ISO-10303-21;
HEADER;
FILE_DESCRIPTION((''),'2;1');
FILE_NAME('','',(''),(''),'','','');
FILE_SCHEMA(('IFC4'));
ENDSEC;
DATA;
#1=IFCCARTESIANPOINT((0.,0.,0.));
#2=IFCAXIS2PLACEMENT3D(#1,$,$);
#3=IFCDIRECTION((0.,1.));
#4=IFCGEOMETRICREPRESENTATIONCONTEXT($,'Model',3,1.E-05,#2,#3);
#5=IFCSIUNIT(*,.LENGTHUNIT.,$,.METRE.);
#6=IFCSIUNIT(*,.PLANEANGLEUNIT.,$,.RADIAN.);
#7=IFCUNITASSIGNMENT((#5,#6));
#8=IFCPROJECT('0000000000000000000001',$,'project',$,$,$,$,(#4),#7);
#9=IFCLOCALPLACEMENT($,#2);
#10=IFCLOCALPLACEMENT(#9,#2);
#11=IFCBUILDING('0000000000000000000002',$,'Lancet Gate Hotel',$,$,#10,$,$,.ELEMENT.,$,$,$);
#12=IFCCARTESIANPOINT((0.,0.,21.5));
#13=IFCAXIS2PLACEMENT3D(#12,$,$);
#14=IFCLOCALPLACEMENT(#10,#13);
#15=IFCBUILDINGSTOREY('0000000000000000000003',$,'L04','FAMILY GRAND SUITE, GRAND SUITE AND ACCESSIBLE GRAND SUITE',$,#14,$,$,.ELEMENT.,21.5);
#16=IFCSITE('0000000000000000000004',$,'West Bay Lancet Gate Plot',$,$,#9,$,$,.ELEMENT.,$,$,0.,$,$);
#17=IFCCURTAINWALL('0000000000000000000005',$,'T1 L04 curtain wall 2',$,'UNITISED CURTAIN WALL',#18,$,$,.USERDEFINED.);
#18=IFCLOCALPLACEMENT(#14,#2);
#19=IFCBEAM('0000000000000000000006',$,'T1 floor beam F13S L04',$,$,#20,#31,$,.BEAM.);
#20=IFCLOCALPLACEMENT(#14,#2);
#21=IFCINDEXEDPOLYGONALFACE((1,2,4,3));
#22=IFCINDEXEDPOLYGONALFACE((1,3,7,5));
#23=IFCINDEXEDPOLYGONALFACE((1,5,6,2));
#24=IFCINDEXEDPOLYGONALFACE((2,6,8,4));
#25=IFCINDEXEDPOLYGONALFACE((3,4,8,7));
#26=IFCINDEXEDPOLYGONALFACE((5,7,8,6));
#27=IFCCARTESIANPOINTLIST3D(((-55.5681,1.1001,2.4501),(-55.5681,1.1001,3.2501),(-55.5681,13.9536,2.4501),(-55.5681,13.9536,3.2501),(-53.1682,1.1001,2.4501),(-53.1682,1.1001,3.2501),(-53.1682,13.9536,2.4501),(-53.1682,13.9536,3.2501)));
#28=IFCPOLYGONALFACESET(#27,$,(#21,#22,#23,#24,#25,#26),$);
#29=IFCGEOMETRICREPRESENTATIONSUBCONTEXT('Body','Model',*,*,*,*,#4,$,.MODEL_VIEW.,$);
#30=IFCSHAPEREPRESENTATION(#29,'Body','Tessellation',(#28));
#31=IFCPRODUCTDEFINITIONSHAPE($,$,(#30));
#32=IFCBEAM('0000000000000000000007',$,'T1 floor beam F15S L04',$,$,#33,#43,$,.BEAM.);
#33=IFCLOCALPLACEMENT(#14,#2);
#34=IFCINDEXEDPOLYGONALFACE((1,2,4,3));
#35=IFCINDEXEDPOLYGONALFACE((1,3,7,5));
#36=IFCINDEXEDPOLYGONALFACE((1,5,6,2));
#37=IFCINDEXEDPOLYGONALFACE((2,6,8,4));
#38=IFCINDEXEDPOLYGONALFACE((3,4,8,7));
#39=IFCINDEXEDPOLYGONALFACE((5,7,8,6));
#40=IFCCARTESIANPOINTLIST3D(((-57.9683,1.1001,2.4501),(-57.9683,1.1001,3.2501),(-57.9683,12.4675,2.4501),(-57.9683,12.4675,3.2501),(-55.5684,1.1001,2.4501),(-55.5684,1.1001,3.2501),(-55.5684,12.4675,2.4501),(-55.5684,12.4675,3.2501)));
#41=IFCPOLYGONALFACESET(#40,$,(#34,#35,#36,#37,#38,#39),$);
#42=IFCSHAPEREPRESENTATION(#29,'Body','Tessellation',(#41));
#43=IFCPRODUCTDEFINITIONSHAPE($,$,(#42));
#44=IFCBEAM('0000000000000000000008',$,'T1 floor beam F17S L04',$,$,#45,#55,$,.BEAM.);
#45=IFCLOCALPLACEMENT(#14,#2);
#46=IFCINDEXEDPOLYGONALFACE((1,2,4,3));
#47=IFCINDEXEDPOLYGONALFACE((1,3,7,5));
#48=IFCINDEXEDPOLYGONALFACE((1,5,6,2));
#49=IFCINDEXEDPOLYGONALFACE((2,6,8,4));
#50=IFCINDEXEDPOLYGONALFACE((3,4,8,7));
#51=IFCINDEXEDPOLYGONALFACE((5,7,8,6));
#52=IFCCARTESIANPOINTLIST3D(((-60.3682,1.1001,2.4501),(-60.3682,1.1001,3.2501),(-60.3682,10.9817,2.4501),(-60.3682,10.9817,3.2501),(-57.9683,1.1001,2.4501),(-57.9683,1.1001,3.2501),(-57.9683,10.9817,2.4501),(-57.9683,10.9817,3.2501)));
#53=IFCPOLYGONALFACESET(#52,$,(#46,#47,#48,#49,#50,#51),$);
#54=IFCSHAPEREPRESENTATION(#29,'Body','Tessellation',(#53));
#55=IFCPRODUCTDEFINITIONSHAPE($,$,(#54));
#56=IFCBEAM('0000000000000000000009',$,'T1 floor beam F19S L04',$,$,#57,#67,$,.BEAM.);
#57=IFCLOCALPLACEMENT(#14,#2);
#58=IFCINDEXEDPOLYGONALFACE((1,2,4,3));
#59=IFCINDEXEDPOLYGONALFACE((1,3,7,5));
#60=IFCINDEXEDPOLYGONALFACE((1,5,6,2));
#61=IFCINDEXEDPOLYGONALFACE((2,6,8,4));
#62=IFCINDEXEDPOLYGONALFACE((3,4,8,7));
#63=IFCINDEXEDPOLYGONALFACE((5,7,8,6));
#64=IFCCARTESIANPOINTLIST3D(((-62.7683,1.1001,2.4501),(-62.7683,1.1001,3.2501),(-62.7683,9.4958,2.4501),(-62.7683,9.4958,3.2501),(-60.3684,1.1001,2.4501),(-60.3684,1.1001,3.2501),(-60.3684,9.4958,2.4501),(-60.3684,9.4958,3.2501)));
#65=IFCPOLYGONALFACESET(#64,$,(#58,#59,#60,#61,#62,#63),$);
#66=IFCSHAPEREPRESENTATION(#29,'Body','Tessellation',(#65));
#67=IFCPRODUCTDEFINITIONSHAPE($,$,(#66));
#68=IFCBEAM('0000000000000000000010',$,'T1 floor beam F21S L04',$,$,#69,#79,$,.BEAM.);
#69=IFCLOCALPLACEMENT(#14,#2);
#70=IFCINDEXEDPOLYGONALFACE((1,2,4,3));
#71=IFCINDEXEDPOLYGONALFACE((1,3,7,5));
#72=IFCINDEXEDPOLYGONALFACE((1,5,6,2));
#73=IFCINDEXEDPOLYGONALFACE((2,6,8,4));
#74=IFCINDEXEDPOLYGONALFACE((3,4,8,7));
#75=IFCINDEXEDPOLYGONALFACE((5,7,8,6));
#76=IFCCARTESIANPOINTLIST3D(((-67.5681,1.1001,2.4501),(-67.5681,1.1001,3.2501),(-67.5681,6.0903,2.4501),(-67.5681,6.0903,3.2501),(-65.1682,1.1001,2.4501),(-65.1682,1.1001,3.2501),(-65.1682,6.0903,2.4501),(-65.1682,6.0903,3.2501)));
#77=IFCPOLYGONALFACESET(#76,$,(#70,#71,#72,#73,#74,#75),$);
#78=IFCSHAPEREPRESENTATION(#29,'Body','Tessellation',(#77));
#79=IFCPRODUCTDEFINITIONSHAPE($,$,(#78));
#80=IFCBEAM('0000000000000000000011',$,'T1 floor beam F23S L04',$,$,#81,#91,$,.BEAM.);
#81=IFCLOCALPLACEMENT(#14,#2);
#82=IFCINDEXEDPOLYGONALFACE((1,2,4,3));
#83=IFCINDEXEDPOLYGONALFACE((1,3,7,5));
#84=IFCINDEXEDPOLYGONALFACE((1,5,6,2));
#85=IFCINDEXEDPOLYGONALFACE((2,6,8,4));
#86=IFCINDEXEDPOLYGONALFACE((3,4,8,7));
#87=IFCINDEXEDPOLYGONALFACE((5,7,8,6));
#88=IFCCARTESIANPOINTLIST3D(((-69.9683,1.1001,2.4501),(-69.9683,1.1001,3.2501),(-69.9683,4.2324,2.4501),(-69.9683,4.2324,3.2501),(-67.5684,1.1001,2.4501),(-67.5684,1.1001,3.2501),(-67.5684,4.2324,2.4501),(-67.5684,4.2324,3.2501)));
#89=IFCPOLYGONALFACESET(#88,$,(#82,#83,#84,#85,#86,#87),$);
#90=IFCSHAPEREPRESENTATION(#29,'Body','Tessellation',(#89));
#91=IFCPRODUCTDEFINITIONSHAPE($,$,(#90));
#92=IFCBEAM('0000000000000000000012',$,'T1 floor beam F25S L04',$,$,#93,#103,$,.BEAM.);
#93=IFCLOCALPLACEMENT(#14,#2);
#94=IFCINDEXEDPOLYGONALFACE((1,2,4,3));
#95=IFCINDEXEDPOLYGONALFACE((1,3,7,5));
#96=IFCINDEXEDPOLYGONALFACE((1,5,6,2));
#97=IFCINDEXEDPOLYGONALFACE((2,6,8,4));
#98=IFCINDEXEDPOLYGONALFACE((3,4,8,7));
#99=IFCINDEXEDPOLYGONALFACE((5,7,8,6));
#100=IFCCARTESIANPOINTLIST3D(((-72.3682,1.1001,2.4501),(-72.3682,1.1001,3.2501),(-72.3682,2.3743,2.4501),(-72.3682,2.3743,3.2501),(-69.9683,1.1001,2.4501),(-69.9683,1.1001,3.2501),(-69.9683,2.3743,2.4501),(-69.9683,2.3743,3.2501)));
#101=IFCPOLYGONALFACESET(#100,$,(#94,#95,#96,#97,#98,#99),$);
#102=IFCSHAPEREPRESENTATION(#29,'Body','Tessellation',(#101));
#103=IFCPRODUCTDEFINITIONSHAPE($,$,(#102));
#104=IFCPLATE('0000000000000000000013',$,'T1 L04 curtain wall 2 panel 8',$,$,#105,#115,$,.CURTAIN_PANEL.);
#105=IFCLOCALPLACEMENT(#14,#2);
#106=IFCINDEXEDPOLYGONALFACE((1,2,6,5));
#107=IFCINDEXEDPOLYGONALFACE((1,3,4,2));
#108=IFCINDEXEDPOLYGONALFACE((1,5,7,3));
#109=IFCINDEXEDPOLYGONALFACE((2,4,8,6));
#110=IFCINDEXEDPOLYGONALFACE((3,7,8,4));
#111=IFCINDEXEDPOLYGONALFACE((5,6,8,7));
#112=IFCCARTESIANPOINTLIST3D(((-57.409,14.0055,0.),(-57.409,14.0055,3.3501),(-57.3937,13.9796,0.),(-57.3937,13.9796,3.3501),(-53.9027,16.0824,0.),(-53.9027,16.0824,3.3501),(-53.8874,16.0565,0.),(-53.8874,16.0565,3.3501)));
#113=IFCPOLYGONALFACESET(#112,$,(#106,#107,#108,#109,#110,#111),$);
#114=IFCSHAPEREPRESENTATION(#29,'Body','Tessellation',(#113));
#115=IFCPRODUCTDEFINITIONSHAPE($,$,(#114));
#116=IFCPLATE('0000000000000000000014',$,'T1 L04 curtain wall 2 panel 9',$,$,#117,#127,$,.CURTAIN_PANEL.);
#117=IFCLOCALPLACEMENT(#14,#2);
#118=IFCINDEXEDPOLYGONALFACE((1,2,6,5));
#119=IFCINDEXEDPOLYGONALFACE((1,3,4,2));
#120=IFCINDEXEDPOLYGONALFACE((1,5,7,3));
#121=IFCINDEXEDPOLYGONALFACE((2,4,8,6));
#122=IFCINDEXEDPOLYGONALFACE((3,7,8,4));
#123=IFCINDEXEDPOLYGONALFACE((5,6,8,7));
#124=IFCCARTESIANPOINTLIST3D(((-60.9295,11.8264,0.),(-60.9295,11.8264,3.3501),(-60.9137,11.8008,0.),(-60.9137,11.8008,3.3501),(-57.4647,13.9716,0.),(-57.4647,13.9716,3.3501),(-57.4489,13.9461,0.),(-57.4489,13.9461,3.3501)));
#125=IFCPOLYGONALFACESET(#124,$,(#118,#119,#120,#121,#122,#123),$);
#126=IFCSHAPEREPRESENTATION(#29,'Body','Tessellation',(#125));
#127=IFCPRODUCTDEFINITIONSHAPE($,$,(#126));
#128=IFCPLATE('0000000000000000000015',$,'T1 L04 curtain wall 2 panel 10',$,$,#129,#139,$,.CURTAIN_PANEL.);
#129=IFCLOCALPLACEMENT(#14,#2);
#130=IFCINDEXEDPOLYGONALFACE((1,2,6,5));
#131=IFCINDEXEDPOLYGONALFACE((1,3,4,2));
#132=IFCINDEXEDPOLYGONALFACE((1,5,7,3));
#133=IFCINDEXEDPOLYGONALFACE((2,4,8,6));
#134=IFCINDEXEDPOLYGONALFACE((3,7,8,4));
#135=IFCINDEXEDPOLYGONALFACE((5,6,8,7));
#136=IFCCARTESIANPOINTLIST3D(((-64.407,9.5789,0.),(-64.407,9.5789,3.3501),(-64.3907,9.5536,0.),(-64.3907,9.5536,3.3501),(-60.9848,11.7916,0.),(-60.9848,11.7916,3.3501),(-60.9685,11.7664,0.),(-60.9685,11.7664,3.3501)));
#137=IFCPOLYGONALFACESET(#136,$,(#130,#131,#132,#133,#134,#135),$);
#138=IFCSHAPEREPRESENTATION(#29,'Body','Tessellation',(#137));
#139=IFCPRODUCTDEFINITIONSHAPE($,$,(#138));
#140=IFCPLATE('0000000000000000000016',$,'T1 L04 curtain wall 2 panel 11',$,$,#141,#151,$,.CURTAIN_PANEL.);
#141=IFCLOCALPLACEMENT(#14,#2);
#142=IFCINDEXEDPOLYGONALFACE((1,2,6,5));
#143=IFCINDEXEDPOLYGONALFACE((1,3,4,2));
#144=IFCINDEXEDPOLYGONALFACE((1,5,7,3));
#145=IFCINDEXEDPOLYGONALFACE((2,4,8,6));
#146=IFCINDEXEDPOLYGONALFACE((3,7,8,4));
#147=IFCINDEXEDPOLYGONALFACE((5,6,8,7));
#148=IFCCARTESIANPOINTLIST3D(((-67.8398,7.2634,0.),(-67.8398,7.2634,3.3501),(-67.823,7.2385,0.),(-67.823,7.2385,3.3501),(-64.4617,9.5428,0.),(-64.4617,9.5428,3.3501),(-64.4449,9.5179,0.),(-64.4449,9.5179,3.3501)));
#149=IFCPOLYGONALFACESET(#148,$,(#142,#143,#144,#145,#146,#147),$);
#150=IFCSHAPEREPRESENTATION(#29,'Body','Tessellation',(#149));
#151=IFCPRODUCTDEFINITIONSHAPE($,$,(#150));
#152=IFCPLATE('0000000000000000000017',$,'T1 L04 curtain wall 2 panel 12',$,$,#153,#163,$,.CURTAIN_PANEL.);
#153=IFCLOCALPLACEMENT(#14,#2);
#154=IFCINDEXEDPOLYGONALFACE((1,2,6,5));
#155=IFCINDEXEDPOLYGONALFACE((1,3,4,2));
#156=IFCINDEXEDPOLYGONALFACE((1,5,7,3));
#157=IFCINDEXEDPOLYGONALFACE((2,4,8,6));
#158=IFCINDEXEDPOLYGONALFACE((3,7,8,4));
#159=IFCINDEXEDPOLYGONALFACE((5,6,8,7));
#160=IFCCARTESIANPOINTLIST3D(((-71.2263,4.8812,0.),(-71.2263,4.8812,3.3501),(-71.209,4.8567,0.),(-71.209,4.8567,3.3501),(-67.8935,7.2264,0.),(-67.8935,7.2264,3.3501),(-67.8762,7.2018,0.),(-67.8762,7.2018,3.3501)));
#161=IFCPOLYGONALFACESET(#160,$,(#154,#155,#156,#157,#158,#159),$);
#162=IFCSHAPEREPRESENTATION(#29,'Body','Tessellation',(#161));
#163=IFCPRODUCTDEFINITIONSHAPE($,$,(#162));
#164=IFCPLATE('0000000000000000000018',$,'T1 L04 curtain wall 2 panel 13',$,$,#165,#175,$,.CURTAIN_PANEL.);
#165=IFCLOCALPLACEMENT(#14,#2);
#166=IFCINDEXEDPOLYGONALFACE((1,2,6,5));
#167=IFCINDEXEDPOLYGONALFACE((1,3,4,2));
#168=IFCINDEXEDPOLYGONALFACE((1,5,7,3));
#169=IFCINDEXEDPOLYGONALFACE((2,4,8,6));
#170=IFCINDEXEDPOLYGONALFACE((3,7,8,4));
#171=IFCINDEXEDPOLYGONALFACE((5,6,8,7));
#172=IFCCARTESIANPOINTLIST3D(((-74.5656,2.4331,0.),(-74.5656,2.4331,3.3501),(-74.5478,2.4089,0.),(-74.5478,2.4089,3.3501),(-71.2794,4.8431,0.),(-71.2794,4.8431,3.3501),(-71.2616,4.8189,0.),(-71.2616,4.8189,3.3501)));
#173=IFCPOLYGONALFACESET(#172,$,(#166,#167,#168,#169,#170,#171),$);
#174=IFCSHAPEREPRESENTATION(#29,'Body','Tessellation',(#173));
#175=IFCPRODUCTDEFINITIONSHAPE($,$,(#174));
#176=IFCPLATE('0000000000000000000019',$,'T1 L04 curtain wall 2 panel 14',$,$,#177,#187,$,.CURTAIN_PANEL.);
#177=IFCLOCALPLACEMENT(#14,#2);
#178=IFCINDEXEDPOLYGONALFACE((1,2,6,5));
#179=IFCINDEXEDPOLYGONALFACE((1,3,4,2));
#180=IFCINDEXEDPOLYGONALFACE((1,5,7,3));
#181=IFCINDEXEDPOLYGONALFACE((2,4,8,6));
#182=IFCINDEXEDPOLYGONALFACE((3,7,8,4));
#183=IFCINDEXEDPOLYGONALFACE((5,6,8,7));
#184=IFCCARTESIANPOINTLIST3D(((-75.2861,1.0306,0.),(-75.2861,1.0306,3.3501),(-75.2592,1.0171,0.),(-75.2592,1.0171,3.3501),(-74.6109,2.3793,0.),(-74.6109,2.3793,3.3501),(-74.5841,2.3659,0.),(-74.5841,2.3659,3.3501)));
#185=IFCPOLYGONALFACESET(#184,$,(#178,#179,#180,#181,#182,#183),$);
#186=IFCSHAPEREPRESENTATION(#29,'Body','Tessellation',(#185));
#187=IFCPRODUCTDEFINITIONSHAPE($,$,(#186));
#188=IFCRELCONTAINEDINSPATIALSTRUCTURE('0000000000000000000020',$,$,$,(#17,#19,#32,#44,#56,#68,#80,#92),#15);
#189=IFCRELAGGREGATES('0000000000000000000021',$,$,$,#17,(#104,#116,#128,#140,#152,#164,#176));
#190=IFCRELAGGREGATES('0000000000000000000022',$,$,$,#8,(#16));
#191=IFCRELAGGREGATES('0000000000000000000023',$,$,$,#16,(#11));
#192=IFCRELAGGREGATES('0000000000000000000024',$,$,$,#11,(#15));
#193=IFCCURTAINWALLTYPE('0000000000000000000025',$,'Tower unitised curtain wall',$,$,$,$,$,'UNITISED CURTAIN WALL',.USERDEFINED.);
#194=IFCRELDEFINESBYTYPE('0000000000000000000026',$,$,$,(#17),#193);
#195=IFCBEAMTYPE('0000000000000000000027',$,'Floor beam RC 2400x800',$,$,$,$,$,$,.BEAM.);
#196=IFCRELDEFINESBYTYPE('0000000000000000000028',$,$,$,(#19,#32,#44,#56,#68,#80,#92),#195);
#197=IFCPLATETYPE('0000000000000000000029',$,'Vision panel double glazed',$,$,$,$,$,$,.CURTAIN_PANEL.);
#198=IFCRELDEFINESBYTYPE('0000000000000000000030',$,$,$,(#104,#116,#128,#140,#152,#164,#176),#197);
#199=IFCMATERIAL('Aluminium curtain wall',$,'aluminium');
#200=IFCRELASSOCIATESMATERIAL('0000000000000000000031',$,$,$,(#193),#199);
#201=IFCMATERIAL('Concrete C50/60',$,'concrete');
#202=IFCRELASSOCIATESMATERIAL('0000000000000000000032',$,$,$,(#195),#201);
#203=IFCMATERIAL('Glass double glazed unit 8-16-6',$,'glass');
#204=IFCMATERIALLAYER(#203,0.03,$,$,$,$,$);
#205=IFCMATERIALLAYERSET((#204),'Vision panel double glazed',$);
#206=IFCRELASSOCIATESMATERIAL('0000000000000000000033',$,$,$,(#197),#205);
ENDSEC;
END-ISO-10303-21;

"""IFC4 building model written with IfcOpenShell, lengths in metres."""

from ifc_helpers import new_model, si_unit, direction, frame, origin, origin_2d, place, context, subcontext, project, spatial, rectangle, extrude, material, layer, layer_set, material_profile, profile_set, type_object, element, aggregate, save


model = new_model("IFC4")

# Units and contexts
model_context = context("Model", 3, precision=1e-05, world=origin(), true_north=direction((0.0, 1.0)))
body_context = subcontext(model_context, "Body", "Model", "MODEL_VIEW")
ifc_project = project(units=[si_unit("LENGTHUNIT", "METRE"), si_unit("PLANEANGLEUNIT", "RADIAN")], contexts=[model_context])

# Site, building, storey
site_placement = place(None, origin())
site = spatial("IfcSite", under=ifc_project, at=site_placement, Name="West Bay Lancet Gate Plot", CompositionType="ELEMENT", RefElevation=0.0)
building_placement = place(site_placement, origin())
building = spatial("IfcBuilding", under=site, at=building_placement, Name="Lancet Gate Hotel", CompositionType="ELEMENT")
storey_placement = place(building_placement, frame((0.0, 0.0, 21.5)))
storey = spatial("IfcBuildingStorey", under=building, at=storey_placement, Name="L04", Description="FAMILY GRAND SUITE, GRAND SUITE AND ACCESSIBLE GRAND SUITE", CompositionType="ELEMENT", Elevation=21.5)

# Curtain wall
ifc_material_1 = material(Name="Aluminium curtain wall", Category="aluminium")
curtain_wall_type = type_object("IfcCurtainWallType", Name="Tower unitised curtain wall", ElementType="UNITISED CURTAIN WALL", PredefinedType="USERDEFINED", material=ifc_material_1)
curtain_wall_placement = place(storey_placement, origin())
curtain_wall = element("IfcCurtainWall", 1, at=curtain_wall_placement, inside=storey, type_object=curtain_wall_type, Name="T1 L04 curtain wall 2", ObjectType="UNITISED CURTAIN WALL", PredefinedType="USERDEFINED")

# Beams
ifc_material_2 = material(Name="Concrete C50/60", Category="concrete")
ifc_material_profile_1 = material_profile(ifc_material_2, rectangle(XDim=2.3999, YDim=0.8, at=origin_2d()), Name="RC 2400x800")
ifc_profile_set_1 = profile_set([ifc_material_profile_1], Name="Concrete C50/60")
beam_type_1 = type_object("IfcBeamType", Name="Floor beam RC 2400x800", PredefinedType="BEAM", material=ifc_profile_set_1)
beam_1_placement = place(storey_placement, frame((-54.3682, 13.9536, 2.8501), z_axis=(0.0, -1.0, 0.0), x_axis=(1.0, 0.0, 0.0)))
element("IfcBeam", 2, at=beam_1_placement, inside=storey, type_object=beam_type_1, Name="T1 floor beam F13S L04", PredefinedType="BEAM", context=body_context, shape_type="SweptSolid", body=[
    extrude(rectangle(XDim=2.3999, YDim=0.8, at=origin_2d()), origin(), (0.0, 0.0, 1.0), 12.8535),
])
beam_2_placement = place(storey_placement, frame((-56.7683, 12.4675, 2.8501), z_axis=(0.0, -1.0, 0.0), x_axis=(1.0, 0.0, 0.0)))
element("IfcBeam", 3, at=beam_2_placement, inside=storey, type_object=beam_type_1, Name="T1 floor beam F15S L04", PredefinedType="BEAM", context=body_context, shape_type="SweptSolid", body=[
    extrude(rectangle(XDim=2.3999, YDim=0.8, at=origin_2d()), origin(), (0.0, 0.0, 1.0), 11.3674),
])
beam_3_placement = place(storey_placement, frame((-59.1682, 10.9817, 2.8501), z_axis=(0.0, -1.0, 0.0), x_axis=(1.0, 0.0, 0.0)))
element("IfcBeam", 4, at=beam_3_placement, inside=storey, type_object=beam_type_1, Name="T1 floor beam F17S L04", PredefinedType="BEAM", context=body_context, shape_type="SweptSolid", body=[
    extrude(rectangle(XDim=2.3999, YDim=0.8, at=origin_2d()), origin(), (0.0, 0.0, 1.0), 9.8816),
])
beam_4_placement = place(storey_placement, frame((-61.5684, 9.4958, 2.8501), z_axis=(0.0, -1.0, 0.0), x_axis=(1.0, 0.0, 0.0)))
element("IfcBeam", 5, at=beam_4_placement, inside=storey, type_object=beam_type_1, Name="T1 floor beam F19S L04", PredefinedType="BEAM", context=body_context, shape_type="SweptSolid", body=[
    extrude(rectangle(XDim=2.3999, YDim=0.8, at=origin_2d()), origin(), (0.0, 0.0, 1.0), 8.3958),
])
beam_5_placement = place(storey_placement, frame((-66.3682, 6.0903, 2.8501), z_axis=(0.0, -1.0, 0.0), x_axis=(1.0, 0.0, 0.0)))
element("IfcBeam", 6, at=beam_5_placement, inside=storey, type_object=beam_type_1, Name="T1 floor beam F21S L04", PredefinedType="BEAM", context=body_context, shape_type="SweptSolid", body=[
    extrude(rectangle(XDim=2.3999, YDim=0.8, at=origin_2d()), origin(), (0.0, 0.0, 1.0), 4.9902),
])
beam_6_placement = place(storey_placement, frame((-68.7683, 4.2324, 2.8501), z_axis=(0.0, -1.0, 0.0), x_axis=(1.0, 0.0, 0.0)))
element("IfcBeam", 7, at=beam_6_placement, inside=storey, type_object=beam_type_1, Name="T1 floor beam F23S L04", PredefinedType="BEAM", context=body_context, shape_type="SweptSolid", body=[
    extrude(rectangle(XDim=2.3999, YDim=0.8, at=origin_2d()), origin(), (0.0, 0.0, 1.0), 3.1323),
])
beam_7_placement = place(storey_placement, frame((-71.1682, 2.3743, 2.8501), z_axis=(0.0, -1.0, 0.0), x_axis=(1.0, 0.0, 0.0)))
element("IfcBeam", 8, at=beam_7_placement, inside=storey, type_object=beam_type_1, Name="T1 floor beam F25S L04", PredefinedType="BEAM", context=body_context, shape_type="SweptSolid", body=[
    extrude(rectangle(XDim=2.3999, YDim=0.8, at=origin_2d()), origin(), (0.0, 0.0, 1.0), 1.2742),
])

# Plates
ifc_material_3 = material(Name="Glass double glazed unit 8-16-6", Category="glass")
ifc_layer = layer(ifc_material_3, 0.03)
ifc_layer_set = layer_set([ifc_layer], Name="Vision panel double glazed")
plate_type = type_object("IfcPlateType", Name="Vision panel double glazed", PredefinedType="CURTAIN_PANEL", material=ifc_layer_set)
plate_1_placement = place(storey_placement, frame((-55.6482, 15.031, 0.0), z_axis=(0.0, 0.0, 1.0), x_axis=(-0.860382, -0.50965, 0.0)))
plate_1 = element("IfcPlate", 9, at=plate_1_placement, type_object=plate_type, Name="T1 L04 curtain wall 2 panel 8", PredefinedType="CURTAIN_PANEL", context=body_context, shape_type="SweptSolid", body=[
    extrude(rectangle(XDim=4.0752, YDim=0.03, at=origin_2d()), origin(), (0.0, 0.0, 1.0), 3.3501),
])
plate_2_placement = place(storey_placement, frame((-59.1892, 12.8862, 0.0), z_axis=(0.0, 0.0, 1.0), x_axis=(-0.850229, -0.526414, 0.0)))
plate_2 = element("IfcPlate", 10, at=plate_2_placement, type_object=plate_type, Name="T1 L04 curtain wall 2 panel 9", PredefinedType="CURTAIN_PANEL", context=body_context, shape_type="SweptSolid", body=[
    extrude(rectangle(XDim=4.0752, YDim=0.03, at=origin_2d()), origin(), (0.0, 0.0, 1.0), 3.3501),
])
plate_3_placement = place(storey_placement, frame((-62.6877, 10.6726, 0.0), z_axis=(0.0, 0.0, 1.0), x_axis=(-0.839749, -0.542975, 0.0)))
plate_3 = element("IfcPlate", 11, at=plate_3_placement, type_object=plate_type, Name="T1 L04 curtain wall 2 panel 10", PredefinedType="CURTAIN_PANEL", context=body_context, shape_type="SweptSolid", body=[
    extrude(rectangle(XDim=4.0752, YDim=0.03, at=origin_2d()), origin(), (0.0, 0.0, 1.0), 3.3501),
])
plate_4_placement = place(storey_placement, frame((-66.1423, 8.3906, 0.0), z_axis=(0.0, 0.0, 1.0), x_axis=(-0.828946, -0.559329, 0.0)))
plate_4 = element("IfcPlate", 12, at=plate_4_placement, type_object=plate_type, Name="T1 L04 curtain wall 2 panel 11", PredefinedType="CURTAIN_PANEL", context=body_context, shape_type="SweptSolid", body=[
    extrude(rectangle(XDim=4.0752, YDim=0.03, at=origin_2d()), origin(), (0.0, 0.0, 1.0), 3.3501),
])
plate_5_placement = place(storey_placement, frame((-69.5513, 6.0415, 0.0), z_axis=(0.0, 0.0, 1.0), x_axis=(-0.817825, -0.575467, 0.0)))
plate_5 = element("IfcPlate", 13, at=plate_5_placement, type_object=plate_type, Name="T1 L04 curtain wall 2 panel 12", PredefinedType="CURTAIN_PANEL", context=body_context, shape_type="SweptSolid", body=[
    extrude(rectangle(XDim=4.0752, YDim=0.03, at=origin_2d()), origin(), (0.0, 0.0, 1.0), 3.3501),
])
plate_6_placement = place(storey_placement, frame((-72.9136, 3.626, 0.0), z_axis=(0.0, 0.0, 1.0), x_axis=(-0.80639, -0.591384, 0.0)))
plate_6 = element("IfcPlate", 14, at=plate_6_placement, type_object=plate_type, Name="T1 L04 curtain wall 2 panel 13", PredefinedType="CURTAIN_PANEL", context=body_context, shape_type="SweptSolid", body=[
    extrude(rectangle(XDim=4.0752, YDim=0.03, at=origin_2d()), origin(), (0.0, 0.0, 1.0), 3.3501),
])
plate_7_placement = place(storey_placement, frame((-74.9351, 1.6982, 0.0), z_axis=(0.0, 0.0, 1.0), x_axis=(-0.447628, -0.89422, 0.0)))
plate_7 = element("IfcPlate", 15, at=plate_7_placement, type_object=plate_type, Name="T1 L04 curtain wall 2 panel 14", PredefinedType="CURTAIN_PANEL", context=body_context, shape_type="SweptSolid", body=[
    extrude(rectangle(XDim=1.5083, YDim=0.03, at=origin_2d()), origin(), (0.0, 0.0, 1.0), 3.3501),
])
aggregate(curtain_wall, [plate_1, plate_2, plate_3, plate_4, plate_5, plate_6, plate_7])

save(model, "model.ifc")
